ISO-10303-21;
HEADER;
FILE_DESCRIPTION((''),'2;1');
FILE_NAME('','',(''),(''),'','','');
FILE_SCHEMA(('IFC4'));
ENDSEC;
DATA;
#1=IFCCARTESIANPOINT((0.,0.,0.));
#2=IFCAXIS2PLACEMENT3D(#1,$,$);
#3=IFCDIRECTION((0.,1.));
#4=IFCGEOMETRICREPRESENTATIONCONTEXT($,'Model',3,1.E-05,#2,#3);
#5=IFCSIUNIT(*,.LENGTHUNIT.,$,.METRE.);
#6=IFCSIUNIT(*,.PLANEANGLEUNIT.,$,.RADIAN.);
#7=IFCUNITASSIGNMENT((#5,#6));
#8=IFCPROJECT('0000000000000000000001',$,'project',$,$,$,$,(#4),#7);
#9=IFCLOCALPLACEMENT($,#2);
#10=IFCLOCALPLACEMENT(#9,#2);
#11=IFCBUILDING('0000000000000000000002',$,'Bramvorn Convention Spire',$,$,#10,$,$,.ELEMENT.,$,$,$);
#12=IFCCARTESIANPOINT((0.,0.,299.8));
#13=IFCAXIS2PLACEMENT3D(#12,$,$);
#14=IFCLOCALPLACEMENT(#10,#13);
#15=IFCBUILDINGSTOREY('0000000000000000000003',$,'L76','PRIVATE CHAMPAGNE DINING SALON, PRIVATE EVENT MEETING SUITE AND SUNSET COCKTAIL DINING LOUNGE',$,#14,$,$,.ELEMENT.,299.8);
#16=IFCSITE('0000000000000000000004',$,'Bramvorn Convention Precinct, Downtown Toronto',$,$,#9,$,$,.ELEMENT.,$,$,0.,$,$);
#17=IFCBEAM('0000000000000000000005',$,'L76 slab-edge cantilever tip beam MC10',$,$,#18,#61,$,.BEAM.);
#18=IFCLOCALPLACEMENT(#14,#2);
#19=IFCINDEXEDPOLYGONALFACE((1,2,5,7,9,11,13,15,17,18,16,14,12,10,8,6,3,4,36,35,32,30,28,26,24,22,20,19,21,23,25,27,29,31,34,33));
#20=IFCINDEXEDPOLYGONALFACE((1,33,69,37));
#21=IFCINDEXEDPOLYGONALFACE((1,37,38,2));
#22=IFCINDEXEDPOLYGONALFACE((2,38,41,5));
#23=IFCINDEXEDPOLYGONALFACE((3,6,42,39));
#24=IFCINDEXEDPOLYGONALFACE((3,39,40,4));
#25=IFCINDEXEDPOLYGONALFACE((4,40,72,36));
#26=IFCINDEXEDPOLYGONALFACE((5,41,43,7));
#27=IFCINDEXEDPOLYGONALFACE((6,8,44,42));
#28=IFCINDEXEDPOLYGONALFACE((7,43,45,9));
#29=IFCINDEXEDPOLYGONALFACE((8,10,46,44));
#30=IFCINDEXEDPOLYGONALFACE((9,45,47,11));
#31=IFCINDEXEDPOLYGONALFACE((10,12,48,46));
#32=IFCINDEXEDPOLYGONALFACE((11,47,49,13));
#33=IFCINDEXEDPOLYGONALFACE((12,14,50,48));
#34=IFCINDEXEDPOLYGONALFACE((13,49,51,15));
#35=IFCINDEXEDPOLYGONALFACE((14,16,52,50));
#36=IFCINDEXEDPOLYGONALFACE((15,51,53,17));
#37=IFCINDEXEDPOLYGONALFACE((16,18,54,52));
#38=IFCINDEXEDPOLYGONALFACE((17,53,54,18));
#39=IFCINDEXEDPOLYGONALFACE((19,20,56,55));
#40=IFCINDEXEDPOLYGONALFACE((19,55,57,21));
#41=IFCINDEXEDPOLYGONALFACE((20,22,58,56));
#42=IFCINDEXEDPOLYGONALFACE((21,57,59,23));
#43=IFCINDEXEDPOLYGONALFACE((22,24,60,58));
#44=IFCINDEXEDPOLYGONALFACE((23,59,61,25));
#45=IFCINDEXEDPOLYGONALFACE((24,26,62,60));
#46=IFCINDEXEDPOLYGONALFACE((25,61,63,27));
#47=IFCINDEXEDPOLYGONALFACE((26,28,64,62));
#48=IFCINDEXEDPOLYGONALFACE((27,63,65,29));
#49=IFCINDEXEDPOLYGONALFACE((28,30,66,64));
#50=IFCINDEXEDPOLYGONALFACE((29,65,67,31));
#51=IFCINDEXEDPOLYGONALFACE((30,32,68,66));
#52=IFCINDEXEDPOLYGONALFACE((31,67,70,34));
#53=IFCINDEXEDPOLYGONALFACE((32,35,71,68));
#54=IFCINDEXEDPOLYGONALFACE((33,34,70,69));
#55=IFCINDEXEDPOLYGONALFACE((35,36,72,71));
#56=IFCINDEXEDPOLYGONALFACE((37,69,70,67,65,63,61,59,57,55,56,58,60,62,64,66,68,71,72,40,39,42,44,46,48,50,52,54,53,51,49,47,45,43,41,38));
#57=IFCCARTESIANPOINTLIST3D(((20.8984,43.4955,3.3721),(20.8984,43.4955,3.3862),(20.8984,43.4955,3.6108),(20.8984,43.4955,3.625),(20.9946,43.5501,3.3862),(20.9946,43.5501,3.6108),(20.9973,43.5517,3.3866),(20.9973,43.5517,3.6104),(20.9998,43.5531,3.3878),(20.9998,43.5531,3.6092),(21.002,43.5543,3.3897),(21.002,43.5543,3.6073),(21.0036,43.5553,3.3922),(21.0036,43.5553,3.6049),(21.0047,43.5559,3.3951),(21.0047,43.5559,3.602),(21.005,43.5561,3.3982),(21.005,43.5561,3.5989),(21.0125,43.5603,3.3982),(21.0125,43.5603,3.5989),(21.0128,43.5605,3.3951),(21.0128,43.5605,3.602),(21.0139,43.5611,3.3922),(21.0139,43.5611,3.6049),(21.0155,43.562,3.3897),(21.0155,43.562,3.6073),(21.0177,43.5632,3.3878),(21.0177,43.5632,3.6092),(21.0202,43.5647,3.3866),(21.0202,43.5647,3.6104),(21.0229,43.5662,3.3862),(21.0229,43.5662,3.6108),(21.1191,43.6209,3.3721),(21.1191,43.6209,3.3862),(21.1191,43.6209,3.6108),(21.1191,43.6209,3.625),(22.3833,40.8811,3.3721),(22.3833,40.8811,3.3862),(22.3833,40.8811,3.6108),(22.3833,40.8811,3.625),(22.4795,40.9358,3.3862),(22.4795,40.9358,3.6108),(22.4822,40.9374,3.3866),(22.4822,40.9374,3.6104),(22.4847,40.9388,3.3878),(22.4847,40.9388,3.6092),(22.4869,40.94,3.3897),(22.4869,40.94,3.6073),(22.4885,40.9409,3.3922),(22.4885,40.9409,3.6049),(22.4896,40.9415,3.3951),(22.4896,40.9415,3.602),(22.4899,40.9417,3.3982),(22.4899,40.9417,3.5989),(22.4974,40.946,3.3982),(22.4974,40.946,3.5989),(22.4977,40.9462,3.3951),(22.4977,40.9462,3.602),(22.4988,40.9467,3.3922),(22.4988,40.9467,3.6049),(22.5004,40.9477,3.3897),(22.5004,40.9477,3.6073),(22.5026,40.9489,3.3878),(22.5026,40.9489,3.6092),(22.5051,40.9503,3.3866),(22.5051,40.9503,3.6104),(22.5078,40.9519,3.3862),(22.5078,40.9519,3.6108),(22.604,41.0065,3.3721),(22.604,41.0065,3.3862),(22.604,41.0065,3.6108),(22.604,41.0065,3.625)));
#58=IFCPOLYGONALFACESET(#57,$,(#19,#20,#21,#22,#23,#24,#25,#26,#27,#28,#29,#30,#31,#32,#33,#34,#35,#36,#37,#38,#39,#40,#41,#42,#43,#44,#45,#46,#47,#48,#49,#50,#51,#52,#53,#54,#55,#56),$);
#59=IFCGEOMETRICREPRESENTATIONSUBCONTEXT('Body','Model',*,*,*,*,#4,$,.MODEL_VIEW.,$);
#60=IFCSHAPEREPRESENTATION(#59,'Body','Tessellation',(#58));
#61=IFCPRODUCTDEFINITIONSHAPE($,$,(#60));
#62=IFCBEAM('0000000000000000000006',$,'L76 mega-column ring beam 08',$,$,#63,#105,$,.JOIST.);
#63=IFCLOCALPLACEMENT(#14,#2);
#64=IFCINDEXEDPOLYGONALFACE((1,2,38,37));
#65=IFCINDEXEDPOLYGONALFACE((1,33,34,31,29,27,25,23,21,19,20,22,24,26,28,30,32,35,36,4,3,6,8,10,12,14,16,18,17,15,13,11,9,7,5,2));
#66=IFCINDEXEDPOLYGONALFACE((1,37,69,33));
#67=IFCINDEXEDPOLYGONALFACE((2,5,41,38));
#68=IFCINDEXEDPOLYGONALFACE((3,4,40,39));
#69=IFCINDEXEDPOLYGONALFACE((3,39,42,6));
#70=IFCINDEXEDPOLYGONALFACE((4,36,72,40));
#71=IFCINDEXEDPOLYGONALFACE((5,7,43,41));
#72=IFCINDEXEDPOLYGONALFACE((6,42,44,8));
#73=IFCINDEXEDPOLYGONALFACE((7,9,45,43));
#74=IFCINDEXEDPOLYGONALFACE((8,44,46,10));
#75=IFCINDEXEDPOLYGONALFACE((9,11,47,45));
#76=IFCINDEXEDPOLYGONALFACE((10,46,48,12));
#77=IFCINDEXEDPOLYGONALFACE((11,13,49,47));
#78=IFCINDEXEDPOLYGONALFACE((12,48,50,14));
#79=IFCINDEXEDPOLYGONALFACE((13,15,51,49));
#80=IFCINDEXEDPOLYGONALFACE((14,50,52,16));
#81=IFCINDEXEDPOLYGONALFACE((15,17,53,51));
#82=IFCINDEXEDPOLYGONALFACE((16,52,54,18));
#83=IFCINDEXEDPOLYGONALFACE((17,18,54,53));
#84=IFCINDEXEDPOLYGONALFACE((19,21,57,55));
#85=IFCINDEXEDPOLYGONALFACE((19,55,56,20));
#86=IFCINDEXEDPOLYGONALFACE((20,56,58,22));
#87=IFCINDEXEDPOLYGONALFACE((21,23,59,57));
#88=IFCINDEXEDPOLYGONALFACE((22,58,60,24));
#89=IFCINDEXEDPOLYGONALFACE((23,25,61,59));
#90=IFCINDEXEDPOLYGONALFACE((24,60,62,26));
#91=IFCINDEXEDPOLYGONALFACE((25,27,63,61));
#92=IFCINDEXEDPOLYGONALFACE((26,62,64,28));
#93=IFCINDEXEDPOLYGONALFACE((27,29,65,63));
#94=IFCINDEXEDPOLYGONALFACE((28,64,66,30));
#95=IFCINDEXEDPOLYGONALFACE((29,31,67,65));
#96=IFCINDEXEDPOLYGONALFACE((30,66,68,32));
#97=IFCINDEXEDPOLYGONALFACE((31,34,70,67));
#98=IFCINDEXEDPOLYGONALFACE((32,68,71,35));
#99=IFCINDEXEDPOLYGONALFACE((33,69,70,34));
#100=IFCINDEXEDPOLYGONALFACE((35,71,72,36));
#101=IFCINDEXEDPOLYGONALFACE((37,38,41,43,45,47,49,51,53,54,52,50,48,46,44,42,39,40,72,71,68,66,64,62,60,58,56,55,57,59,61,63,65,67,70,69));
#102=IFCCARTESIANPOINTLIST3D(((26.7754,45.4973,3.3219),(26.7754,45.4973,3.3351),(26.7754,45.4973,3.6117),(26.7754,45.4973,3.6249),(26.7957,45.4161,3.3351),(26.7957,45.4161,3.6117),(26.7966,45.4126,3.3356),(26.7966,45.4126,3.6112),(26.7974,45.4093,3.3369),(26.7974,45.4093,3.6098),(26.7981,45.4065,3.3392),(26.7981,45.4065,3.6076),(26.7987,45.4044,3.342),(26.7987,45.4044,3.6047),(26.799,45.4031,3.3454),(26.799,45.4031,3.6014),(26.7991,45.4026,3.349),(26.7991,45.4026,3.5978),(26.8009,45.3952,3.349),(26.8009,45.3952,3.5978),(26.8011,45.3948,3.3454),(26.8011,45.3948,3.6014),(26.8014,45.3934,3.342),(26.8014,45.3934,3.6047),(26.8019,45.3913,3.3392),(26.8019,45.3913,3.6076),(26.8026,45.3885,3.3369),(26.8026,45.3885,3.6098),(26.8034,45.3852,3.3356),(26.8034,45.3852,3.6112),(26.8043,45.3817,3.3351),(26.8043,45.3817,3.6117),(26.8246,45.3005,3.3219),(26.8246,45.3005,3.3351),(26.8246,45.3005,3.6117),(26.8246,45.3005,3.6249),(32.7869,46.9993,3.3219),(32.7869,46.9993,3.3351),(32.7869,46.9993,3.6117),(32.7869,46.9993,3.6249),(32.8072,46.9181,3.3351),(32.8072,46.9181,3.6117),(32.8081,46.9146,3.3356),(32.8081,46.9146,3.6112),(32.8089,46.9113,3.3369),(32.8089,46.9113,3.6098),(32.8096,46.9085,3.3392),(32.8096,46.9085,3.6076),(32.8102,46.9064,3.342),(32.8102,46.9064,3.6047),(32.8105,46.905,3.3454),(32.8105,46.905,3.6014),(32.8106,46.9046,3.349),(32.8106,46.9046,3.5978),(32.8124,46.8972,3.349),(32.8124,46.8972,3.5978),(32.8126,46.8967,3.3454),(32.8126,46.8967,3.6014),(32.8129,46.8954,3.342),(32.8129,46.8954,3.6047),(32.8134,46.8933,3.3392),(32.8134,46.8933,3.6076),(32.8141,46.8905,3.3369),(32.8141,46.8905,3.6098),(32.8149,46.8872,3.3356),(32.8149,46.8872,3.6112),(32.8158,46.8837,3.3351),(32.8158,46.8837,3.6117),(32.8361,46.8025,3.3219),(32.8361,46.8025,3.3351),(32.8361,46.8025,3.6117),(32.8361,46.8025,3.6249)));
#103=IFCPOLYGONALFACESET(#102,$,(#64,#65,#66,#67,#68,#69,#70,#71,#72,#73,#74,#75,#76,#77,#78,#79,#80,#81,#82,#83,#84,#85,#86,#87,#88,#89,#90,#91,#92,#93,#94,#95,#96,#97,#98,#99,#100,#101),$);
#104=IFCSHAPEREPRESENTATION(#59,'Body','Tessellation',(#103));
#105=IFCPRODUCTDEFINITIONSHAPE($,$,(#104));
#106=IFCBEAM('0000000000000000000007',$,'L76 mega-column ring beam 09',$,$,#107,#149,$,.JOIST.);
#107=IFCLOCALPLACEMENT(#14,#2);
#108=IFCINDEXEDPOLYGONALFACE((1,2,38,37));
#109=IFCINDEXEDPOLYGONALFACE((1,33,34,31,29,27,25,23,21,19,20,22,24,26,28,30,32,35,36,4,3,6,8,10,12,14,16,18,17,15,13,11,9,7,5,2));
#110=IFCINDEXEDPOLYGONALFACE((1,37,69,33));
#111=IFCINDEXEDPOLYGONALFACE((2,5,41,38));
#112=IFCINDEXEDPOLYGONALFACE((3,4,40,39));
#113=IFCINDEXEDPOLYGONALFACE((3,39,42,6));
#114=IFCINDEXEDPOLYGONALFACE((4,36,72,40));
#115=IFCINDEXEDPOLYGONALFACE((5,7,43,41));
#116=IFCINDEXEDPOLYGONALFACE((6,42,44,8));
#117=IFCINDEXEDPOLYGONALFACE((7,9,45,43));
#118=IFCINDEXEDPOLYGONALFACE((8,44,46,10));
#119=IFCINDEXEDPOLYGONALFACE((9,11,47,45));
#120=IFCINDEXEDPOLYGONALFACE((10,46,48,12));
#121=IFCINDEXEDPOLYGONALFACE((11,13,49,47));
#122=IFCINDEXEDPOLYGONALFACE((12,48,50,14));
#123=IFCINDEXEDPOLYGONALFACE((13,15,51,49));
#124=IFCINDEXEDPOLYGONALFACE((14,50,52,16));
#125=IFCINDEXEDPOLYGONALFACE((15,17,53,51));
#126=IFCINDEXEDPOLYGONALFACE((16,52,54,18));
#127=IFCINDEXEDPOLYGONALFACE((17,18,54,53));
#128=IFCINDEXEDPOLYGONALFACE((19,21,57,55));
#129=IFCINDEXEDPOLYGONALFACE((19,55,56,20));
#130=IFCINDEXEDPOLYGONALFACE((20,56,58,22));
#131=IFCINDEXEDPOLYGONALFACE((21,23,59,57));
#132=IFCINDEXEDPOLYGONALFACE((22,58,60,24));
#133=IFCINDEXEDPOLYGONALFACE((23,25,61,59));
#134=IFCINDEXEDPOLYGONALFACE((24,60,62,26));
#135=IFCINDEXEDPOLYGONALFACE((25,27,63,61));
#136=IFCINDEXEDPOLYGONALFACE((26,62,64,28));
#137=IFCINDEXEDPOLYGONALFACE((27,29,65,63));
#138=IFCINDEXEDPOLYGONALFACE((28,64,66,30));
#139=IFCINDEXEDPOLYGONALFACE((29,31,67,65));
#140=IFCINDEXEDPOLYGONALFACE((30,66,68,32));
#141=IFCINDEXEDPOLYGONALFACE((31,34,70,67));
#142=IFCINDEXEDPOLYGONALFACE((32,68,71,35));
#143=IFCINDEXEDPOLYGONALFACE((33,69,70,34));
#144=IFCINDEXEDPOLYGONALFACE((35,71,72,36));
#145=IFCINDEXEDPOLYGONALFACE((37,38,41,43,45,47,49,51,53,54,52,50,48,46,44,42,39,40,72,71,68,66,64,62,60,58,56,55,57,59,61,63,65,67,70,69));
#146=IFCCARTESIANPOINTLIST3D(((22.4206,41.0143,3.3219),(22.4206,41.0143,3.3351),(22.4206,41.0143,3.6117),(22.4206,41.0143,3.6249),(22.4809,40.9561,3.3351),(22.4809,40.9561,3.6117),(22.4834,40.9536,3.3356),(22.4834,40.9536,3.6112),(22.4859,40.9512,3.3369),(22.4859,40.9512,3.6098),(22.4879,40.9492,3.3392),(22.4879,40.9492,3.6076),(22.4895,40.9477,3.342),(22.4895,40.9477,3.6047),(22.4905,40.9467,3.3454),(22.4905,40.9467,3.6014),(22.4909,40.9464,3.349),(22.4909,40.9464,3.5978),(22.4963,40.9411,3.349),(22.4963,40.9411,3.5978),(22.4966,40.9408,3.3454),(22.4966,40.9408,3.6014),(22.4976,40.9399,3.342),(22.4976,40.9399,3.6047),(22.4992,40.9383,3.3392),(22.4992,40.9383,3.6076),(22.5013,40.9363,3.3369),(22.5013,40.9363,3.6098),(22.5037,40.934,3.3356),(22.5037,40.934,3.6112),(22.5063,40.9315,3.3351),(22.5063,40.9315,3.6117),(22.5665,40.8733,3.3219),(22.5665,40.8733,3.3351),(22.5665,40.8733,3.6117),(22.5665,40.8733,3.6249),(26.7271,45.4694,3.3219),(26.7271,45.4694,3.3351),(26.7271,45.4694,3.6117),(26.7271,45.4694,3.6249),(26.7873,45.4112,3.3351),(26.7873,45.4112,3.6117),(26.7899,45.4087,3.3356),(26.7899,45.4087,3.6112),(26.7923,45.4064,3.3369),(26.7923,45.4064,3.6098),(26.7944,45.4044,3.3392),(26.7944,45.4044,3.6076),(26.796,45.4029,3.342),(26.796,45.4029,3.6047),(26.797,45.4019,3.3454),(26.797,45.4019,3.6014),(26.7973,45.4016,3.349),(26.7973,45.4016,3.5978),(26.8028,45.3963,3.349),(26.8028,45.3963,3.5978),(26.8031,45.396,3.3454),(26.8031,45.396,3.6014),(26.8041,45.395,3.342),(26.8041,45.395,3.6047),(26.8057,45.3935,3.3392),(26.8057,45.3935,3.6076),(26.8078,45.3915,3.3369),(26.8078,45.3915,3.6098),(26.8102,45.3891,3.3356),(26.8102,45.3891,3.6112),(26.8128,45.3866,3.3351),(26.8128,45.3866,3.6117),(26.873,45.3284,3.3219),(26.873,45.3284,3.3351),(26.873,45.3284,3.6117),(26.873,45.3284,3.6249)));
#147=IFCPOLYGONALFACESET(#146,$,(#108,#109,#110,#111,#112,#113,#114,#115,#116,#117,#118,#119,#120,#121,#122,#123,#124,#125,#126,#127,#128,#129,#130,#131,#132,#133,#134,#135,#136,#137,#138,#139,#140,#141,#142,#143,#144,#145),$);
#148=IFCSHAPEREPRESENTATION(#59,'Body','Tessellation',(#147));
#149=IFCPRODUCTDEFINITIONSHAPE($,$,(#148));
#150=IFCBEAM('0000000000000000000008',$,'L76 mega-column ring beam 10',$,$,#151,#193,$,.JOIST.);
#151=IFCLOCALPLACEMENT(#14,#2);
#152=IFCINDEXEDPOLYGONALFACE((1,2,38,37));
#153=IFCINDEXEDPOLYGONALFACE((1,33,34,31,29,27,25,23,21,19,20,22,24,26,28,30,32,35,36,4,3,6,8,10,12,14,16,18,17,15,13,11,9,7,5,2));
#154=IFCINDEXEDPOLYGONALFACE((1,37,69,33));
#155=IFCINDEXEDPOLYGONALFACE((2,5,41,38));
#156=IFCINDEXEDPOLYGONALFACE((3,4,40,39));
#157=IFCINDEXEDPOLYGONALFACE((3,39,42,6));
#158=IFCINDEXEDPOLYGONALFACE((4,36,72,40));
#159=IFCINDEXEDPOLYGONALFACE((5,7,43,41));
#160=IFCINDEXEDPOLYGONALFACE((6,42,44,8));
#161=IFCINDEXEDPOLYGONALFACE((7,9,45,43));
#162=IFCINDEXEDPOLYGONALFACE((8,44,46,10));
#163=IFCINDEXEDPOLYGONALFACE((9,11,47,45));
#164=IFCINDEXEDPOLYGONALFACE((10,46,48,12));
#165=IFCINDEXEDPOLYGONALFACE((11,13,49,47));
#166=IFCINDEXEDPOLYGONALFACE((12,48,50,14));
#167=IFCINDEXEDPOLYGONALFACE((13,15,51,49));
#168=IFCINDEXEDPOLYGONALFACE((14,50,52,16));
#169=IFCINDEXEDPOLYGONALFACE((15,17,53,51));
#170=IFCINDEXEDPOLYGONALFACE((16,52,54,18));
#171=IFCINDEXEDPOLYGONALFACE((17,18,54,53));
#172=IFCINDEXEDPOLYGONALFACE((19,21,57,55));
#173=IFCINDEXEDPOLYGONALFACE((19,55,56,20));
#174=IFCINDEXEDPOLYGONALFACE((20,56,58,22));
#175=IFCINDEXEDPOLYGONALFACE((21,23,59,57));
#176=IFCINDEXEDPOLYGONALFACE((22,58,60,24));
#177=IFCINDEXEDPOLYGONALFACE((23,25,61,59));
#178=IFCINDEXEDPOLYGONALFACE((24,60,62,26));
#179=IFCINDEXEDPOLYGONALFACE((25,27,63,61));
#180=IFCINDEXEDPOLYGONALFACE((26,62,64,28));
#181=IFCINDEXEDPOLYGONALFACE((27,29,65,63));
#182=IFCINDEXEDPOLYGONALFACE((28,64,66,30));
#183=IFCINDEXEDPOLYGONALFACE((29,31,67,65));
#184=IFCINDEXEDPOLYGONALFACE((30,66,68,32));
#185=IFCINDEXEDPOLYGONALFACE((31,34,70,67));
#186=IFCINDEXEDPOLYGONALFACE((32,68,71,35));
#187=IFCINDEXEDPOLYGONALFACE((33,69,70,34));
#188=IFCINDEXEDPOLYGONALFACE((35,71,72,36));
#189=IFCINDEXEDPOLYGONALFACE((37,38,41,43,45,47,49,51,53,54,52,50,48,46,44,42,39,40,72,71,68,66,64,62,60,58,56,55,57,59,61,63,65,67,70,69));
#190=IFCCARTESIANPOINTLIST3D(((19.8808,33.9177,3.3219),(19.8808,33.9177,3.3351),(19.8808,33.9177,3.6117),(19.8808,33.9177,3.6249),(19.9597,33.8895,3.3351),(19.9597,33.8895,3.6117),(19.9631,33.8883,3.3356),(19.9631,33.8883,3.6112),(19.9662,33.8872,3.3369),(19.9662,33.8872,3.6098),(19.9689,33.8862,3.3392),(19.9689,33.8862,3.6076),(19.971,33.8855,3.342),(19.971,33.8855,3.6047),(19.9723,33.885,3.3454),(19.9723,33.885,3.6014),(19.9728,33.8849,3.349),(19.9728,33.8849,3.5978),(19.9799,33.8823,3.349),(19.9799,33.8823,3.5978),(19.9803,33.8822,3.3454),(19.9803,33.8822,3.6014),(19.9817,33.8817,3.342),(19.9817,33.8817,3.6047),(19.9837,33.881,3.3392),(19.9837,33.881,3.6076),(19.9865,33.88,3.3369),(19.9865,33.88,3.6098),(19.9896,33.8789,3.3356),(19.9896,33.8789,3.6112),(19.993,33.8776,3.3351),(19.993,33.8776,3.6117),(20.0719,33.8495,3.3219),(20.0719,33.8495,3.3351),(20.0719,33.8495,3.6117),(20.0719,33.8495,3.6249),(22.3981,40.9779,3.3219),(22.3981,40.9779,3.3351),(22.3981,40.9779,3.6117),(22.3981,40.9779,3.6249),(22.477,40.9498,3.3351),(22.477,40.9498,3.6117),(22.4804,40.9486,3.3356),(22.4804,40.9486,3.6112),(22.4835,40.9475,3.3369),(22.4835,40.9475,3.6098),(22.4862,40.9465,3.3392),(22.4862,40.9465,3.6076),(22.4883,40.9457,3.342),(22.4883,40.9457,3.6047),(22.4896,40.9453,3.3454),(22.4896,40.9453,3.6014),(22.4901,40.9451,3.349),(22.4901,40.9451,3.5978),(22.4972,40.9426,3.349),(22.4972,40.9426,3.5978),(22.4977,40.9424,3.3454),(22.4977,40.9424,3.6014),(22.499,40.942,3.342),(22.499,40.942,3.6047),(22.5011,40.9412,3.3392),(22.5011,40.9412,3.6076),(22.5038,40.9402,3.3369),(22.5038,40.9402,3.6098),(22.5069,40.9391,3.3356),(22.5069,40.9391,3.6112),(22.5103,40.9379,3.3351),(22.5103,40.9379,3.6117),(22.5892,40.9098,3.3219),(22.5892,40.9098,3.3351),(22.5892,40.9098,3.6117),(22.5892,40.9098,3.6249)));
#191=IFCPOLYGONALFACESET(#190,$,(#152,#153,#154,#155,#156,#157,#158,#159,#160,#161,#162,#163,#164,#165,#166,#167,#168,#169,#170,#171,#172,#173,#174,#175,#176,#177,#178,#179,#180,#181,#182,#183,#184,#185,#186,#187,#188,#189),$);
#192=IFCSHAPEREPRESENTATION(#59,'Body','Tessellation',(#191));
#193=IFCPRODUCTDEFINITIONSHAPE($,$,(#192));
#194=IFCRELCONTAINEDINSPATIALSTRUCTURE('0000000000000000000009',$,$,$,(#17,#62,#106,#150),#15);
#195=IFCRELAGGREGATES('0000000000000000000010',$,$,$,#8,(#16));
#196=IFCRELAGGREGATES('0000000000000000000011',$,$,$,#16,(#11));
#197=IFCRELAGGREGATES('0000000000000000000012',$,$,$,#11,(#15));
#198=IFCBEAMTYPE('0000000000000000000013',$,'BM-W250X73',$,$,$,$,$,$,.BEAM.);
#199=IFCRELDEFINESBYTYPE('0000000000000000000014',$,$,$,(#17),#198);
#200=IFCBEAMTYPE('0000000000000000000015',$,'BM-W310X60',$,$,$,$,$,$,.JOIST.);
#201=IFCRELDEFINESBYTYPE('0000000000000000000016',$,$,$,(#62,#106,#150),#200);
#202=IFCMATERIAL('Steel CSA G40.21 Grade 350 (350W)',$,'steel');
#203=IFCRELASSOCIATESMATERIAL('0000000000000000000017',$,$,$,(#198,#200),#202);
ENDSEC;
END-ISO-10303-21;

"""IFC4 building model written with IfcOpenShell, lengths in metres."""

from ifc_helpers import new_model, si_unit, direction, frame, origin, origin_2d, place, context, subcontext, project, spatial, i_section, extrude, material, material_profile, profile_set, type_object, element, save


model = new_model("IFC4")

# Units and contexts
model_context = context("Model", 3, precision=1e-05, world=origin(), true_north=direction((0.0, 1.0)))
body_context = subcontext(model_context, "Body", "Model", "MODEL_VIEW")
ifc_project = project(units=[si_unit("LENGTHUNIT", "METRE"), si_unit("PLANEANGLEUNIT", "RADIAN")], contexts=[model_context])

# Site, building, storey
site_placement = place(None, origin())
site = spatial("IfcSite", under=ifc_project, at=site_placement, Name="Bramvorn Convention Precinct, Downtown Toronto", CompositionType="ELEMENT", RefElevation=0.0)
building_placement = place(site_placement, origin())
building = spatial("IfcBuilding", under=site, at=building_placement, Name="Bramvorn Convention Spire", CompositionType="ELEMENT")
storey_placement = place(building_placement, frame((0.0, 0.0, 299.8)))
storey = spatial("IfcBuildingStorey", under=building, at=storey_placement, Name="L76", Description="PRIVATE CHAMPAGNE DINING SALON, PRIVATE EVENT MEETING SUITE AND SUNSET COCKTAIL DINING LOUNGE", CompositionType="ELEMENT", Elevation=299.8)

# Shared definitions
ifc_material_1 = material(Name="Steel CSA G40.21 Grade 350 (350W)", Category="steel")

# Beams
ifc_material_profile_1 = material_profile(ifc_material_1, i_section(OverallWidth=0.2539, OverallDepth=0.2529, WebThickness=0.0085, FlangeThickness=0.0142, FilletRadius=0.012, at=origin_2d()))
ifc_profile_set_1 = profile_set([ifc_material_profile_1], Name="Steel CSA G40.21 Grade 350 (350W) - W250X73")
beam_type_1 = type_object("IfcBeamType", Name="BM-W250X73", PredefinedType="BEAM", material=ifc_profile_set_1)
beam_1_placement = place(storey_placement, frame((22.4937, 40.9438, 3.4985), z_axis=(-0.493881, 0.869529, 0.0), x_axis=(-0.869529, -0.493881, 0.0)))
element("IfcBeam", 1, at=beam_1_placement, inside=storey, type_object=beam_type_1, Name="L76 slab-edge cantilever tip beam MC10", PredefinedType="BEAM", context=body_context, shape_type="SweptSolid", body=[
    extrude(i_section(OverallWidth=0.2539, OverallDepth=0.2529, WebThickness=0.0085, FlangeThickness=0.0142, FilletRadius=0.012, at=origin_2d()), origin(), (0.0, 0.0, 1.0), 3.0066),
])
ifc_material_profile_2 = material_profile(ifc_material_1, i_section(OverallWidth=0.2029, OverallDepth=0.303, WebThickness=0.0076, FlangeThickness=0.0132, FilletRadius=0.0139, at=origin_2d()))
ifc_profile_set_2 = profile_set([ifc_material_profile_2], Name="Steel CSA G40.21 Grade 350 (350W) - W310X60")
beam_type_2 = type_object("IfcBeamType", Name="BM-W310X60", PredefinedType="JOIST", material=ifc_profile_set_2)
for number, where, z_axis, x_axis, name in (
    (2, (32.8115, 46.9009, 3.4734), (-0.970177, -0.242397, 0.0), (0.242397, -0.970177, 0.0), "L76 mega-column ring beam 08"),
    (3, (26.8, 45.3989, 3.4734), (-0.695007, -0.719003, 0.0), (0.719003, -0.695007, 0.0), "L76 mega-column ring beam 09"),
):
    element("IfcBeam", number, at=place(storey_placement, frame(where, z_axis=z_axis, x_axis=x_axis)), inside=storey, type_object=beam_type_2, Name=name, PredefinedType="JOIST", context=body_context, shape_type="SweptSolid", body=[
        extrude(i_section(OverallWidth=0.2029, OverallDepth=0.303, WebThickness=0.0076, FlangeThickness=0.0132, FilletRadius=0.0139, at=origin_2d()), origin(), (0.0, 0.0, 1.0), 6.1963),
    ])
beam_2_placement = place(storey_placement, frame((22.4937, 40.9438, 3.4734), z_axis=(-0.335839, -0.941919, 0.0), x_axis=(0.941919, -0.335839, 0.0)))
element("IfcBeam", 4, at=beam_2_placement, inside=storey, type_object=beam_type_2, Name="L76 mega-column ring beam 10", PredefinedType="JOIST", context=body_context, shape_type="SweptSolid", body=[
    extrude(i_section(OverallWidth=0.2029, OverallDepth=0.303, WebThickness=0.0076, FlangeThickness=0.0132, FilletRadius=0.0139, at=origin_2d()), origin(), (0.0, 0.0, 1.0), 7.4956),
])

save(model, "model.ifc")
